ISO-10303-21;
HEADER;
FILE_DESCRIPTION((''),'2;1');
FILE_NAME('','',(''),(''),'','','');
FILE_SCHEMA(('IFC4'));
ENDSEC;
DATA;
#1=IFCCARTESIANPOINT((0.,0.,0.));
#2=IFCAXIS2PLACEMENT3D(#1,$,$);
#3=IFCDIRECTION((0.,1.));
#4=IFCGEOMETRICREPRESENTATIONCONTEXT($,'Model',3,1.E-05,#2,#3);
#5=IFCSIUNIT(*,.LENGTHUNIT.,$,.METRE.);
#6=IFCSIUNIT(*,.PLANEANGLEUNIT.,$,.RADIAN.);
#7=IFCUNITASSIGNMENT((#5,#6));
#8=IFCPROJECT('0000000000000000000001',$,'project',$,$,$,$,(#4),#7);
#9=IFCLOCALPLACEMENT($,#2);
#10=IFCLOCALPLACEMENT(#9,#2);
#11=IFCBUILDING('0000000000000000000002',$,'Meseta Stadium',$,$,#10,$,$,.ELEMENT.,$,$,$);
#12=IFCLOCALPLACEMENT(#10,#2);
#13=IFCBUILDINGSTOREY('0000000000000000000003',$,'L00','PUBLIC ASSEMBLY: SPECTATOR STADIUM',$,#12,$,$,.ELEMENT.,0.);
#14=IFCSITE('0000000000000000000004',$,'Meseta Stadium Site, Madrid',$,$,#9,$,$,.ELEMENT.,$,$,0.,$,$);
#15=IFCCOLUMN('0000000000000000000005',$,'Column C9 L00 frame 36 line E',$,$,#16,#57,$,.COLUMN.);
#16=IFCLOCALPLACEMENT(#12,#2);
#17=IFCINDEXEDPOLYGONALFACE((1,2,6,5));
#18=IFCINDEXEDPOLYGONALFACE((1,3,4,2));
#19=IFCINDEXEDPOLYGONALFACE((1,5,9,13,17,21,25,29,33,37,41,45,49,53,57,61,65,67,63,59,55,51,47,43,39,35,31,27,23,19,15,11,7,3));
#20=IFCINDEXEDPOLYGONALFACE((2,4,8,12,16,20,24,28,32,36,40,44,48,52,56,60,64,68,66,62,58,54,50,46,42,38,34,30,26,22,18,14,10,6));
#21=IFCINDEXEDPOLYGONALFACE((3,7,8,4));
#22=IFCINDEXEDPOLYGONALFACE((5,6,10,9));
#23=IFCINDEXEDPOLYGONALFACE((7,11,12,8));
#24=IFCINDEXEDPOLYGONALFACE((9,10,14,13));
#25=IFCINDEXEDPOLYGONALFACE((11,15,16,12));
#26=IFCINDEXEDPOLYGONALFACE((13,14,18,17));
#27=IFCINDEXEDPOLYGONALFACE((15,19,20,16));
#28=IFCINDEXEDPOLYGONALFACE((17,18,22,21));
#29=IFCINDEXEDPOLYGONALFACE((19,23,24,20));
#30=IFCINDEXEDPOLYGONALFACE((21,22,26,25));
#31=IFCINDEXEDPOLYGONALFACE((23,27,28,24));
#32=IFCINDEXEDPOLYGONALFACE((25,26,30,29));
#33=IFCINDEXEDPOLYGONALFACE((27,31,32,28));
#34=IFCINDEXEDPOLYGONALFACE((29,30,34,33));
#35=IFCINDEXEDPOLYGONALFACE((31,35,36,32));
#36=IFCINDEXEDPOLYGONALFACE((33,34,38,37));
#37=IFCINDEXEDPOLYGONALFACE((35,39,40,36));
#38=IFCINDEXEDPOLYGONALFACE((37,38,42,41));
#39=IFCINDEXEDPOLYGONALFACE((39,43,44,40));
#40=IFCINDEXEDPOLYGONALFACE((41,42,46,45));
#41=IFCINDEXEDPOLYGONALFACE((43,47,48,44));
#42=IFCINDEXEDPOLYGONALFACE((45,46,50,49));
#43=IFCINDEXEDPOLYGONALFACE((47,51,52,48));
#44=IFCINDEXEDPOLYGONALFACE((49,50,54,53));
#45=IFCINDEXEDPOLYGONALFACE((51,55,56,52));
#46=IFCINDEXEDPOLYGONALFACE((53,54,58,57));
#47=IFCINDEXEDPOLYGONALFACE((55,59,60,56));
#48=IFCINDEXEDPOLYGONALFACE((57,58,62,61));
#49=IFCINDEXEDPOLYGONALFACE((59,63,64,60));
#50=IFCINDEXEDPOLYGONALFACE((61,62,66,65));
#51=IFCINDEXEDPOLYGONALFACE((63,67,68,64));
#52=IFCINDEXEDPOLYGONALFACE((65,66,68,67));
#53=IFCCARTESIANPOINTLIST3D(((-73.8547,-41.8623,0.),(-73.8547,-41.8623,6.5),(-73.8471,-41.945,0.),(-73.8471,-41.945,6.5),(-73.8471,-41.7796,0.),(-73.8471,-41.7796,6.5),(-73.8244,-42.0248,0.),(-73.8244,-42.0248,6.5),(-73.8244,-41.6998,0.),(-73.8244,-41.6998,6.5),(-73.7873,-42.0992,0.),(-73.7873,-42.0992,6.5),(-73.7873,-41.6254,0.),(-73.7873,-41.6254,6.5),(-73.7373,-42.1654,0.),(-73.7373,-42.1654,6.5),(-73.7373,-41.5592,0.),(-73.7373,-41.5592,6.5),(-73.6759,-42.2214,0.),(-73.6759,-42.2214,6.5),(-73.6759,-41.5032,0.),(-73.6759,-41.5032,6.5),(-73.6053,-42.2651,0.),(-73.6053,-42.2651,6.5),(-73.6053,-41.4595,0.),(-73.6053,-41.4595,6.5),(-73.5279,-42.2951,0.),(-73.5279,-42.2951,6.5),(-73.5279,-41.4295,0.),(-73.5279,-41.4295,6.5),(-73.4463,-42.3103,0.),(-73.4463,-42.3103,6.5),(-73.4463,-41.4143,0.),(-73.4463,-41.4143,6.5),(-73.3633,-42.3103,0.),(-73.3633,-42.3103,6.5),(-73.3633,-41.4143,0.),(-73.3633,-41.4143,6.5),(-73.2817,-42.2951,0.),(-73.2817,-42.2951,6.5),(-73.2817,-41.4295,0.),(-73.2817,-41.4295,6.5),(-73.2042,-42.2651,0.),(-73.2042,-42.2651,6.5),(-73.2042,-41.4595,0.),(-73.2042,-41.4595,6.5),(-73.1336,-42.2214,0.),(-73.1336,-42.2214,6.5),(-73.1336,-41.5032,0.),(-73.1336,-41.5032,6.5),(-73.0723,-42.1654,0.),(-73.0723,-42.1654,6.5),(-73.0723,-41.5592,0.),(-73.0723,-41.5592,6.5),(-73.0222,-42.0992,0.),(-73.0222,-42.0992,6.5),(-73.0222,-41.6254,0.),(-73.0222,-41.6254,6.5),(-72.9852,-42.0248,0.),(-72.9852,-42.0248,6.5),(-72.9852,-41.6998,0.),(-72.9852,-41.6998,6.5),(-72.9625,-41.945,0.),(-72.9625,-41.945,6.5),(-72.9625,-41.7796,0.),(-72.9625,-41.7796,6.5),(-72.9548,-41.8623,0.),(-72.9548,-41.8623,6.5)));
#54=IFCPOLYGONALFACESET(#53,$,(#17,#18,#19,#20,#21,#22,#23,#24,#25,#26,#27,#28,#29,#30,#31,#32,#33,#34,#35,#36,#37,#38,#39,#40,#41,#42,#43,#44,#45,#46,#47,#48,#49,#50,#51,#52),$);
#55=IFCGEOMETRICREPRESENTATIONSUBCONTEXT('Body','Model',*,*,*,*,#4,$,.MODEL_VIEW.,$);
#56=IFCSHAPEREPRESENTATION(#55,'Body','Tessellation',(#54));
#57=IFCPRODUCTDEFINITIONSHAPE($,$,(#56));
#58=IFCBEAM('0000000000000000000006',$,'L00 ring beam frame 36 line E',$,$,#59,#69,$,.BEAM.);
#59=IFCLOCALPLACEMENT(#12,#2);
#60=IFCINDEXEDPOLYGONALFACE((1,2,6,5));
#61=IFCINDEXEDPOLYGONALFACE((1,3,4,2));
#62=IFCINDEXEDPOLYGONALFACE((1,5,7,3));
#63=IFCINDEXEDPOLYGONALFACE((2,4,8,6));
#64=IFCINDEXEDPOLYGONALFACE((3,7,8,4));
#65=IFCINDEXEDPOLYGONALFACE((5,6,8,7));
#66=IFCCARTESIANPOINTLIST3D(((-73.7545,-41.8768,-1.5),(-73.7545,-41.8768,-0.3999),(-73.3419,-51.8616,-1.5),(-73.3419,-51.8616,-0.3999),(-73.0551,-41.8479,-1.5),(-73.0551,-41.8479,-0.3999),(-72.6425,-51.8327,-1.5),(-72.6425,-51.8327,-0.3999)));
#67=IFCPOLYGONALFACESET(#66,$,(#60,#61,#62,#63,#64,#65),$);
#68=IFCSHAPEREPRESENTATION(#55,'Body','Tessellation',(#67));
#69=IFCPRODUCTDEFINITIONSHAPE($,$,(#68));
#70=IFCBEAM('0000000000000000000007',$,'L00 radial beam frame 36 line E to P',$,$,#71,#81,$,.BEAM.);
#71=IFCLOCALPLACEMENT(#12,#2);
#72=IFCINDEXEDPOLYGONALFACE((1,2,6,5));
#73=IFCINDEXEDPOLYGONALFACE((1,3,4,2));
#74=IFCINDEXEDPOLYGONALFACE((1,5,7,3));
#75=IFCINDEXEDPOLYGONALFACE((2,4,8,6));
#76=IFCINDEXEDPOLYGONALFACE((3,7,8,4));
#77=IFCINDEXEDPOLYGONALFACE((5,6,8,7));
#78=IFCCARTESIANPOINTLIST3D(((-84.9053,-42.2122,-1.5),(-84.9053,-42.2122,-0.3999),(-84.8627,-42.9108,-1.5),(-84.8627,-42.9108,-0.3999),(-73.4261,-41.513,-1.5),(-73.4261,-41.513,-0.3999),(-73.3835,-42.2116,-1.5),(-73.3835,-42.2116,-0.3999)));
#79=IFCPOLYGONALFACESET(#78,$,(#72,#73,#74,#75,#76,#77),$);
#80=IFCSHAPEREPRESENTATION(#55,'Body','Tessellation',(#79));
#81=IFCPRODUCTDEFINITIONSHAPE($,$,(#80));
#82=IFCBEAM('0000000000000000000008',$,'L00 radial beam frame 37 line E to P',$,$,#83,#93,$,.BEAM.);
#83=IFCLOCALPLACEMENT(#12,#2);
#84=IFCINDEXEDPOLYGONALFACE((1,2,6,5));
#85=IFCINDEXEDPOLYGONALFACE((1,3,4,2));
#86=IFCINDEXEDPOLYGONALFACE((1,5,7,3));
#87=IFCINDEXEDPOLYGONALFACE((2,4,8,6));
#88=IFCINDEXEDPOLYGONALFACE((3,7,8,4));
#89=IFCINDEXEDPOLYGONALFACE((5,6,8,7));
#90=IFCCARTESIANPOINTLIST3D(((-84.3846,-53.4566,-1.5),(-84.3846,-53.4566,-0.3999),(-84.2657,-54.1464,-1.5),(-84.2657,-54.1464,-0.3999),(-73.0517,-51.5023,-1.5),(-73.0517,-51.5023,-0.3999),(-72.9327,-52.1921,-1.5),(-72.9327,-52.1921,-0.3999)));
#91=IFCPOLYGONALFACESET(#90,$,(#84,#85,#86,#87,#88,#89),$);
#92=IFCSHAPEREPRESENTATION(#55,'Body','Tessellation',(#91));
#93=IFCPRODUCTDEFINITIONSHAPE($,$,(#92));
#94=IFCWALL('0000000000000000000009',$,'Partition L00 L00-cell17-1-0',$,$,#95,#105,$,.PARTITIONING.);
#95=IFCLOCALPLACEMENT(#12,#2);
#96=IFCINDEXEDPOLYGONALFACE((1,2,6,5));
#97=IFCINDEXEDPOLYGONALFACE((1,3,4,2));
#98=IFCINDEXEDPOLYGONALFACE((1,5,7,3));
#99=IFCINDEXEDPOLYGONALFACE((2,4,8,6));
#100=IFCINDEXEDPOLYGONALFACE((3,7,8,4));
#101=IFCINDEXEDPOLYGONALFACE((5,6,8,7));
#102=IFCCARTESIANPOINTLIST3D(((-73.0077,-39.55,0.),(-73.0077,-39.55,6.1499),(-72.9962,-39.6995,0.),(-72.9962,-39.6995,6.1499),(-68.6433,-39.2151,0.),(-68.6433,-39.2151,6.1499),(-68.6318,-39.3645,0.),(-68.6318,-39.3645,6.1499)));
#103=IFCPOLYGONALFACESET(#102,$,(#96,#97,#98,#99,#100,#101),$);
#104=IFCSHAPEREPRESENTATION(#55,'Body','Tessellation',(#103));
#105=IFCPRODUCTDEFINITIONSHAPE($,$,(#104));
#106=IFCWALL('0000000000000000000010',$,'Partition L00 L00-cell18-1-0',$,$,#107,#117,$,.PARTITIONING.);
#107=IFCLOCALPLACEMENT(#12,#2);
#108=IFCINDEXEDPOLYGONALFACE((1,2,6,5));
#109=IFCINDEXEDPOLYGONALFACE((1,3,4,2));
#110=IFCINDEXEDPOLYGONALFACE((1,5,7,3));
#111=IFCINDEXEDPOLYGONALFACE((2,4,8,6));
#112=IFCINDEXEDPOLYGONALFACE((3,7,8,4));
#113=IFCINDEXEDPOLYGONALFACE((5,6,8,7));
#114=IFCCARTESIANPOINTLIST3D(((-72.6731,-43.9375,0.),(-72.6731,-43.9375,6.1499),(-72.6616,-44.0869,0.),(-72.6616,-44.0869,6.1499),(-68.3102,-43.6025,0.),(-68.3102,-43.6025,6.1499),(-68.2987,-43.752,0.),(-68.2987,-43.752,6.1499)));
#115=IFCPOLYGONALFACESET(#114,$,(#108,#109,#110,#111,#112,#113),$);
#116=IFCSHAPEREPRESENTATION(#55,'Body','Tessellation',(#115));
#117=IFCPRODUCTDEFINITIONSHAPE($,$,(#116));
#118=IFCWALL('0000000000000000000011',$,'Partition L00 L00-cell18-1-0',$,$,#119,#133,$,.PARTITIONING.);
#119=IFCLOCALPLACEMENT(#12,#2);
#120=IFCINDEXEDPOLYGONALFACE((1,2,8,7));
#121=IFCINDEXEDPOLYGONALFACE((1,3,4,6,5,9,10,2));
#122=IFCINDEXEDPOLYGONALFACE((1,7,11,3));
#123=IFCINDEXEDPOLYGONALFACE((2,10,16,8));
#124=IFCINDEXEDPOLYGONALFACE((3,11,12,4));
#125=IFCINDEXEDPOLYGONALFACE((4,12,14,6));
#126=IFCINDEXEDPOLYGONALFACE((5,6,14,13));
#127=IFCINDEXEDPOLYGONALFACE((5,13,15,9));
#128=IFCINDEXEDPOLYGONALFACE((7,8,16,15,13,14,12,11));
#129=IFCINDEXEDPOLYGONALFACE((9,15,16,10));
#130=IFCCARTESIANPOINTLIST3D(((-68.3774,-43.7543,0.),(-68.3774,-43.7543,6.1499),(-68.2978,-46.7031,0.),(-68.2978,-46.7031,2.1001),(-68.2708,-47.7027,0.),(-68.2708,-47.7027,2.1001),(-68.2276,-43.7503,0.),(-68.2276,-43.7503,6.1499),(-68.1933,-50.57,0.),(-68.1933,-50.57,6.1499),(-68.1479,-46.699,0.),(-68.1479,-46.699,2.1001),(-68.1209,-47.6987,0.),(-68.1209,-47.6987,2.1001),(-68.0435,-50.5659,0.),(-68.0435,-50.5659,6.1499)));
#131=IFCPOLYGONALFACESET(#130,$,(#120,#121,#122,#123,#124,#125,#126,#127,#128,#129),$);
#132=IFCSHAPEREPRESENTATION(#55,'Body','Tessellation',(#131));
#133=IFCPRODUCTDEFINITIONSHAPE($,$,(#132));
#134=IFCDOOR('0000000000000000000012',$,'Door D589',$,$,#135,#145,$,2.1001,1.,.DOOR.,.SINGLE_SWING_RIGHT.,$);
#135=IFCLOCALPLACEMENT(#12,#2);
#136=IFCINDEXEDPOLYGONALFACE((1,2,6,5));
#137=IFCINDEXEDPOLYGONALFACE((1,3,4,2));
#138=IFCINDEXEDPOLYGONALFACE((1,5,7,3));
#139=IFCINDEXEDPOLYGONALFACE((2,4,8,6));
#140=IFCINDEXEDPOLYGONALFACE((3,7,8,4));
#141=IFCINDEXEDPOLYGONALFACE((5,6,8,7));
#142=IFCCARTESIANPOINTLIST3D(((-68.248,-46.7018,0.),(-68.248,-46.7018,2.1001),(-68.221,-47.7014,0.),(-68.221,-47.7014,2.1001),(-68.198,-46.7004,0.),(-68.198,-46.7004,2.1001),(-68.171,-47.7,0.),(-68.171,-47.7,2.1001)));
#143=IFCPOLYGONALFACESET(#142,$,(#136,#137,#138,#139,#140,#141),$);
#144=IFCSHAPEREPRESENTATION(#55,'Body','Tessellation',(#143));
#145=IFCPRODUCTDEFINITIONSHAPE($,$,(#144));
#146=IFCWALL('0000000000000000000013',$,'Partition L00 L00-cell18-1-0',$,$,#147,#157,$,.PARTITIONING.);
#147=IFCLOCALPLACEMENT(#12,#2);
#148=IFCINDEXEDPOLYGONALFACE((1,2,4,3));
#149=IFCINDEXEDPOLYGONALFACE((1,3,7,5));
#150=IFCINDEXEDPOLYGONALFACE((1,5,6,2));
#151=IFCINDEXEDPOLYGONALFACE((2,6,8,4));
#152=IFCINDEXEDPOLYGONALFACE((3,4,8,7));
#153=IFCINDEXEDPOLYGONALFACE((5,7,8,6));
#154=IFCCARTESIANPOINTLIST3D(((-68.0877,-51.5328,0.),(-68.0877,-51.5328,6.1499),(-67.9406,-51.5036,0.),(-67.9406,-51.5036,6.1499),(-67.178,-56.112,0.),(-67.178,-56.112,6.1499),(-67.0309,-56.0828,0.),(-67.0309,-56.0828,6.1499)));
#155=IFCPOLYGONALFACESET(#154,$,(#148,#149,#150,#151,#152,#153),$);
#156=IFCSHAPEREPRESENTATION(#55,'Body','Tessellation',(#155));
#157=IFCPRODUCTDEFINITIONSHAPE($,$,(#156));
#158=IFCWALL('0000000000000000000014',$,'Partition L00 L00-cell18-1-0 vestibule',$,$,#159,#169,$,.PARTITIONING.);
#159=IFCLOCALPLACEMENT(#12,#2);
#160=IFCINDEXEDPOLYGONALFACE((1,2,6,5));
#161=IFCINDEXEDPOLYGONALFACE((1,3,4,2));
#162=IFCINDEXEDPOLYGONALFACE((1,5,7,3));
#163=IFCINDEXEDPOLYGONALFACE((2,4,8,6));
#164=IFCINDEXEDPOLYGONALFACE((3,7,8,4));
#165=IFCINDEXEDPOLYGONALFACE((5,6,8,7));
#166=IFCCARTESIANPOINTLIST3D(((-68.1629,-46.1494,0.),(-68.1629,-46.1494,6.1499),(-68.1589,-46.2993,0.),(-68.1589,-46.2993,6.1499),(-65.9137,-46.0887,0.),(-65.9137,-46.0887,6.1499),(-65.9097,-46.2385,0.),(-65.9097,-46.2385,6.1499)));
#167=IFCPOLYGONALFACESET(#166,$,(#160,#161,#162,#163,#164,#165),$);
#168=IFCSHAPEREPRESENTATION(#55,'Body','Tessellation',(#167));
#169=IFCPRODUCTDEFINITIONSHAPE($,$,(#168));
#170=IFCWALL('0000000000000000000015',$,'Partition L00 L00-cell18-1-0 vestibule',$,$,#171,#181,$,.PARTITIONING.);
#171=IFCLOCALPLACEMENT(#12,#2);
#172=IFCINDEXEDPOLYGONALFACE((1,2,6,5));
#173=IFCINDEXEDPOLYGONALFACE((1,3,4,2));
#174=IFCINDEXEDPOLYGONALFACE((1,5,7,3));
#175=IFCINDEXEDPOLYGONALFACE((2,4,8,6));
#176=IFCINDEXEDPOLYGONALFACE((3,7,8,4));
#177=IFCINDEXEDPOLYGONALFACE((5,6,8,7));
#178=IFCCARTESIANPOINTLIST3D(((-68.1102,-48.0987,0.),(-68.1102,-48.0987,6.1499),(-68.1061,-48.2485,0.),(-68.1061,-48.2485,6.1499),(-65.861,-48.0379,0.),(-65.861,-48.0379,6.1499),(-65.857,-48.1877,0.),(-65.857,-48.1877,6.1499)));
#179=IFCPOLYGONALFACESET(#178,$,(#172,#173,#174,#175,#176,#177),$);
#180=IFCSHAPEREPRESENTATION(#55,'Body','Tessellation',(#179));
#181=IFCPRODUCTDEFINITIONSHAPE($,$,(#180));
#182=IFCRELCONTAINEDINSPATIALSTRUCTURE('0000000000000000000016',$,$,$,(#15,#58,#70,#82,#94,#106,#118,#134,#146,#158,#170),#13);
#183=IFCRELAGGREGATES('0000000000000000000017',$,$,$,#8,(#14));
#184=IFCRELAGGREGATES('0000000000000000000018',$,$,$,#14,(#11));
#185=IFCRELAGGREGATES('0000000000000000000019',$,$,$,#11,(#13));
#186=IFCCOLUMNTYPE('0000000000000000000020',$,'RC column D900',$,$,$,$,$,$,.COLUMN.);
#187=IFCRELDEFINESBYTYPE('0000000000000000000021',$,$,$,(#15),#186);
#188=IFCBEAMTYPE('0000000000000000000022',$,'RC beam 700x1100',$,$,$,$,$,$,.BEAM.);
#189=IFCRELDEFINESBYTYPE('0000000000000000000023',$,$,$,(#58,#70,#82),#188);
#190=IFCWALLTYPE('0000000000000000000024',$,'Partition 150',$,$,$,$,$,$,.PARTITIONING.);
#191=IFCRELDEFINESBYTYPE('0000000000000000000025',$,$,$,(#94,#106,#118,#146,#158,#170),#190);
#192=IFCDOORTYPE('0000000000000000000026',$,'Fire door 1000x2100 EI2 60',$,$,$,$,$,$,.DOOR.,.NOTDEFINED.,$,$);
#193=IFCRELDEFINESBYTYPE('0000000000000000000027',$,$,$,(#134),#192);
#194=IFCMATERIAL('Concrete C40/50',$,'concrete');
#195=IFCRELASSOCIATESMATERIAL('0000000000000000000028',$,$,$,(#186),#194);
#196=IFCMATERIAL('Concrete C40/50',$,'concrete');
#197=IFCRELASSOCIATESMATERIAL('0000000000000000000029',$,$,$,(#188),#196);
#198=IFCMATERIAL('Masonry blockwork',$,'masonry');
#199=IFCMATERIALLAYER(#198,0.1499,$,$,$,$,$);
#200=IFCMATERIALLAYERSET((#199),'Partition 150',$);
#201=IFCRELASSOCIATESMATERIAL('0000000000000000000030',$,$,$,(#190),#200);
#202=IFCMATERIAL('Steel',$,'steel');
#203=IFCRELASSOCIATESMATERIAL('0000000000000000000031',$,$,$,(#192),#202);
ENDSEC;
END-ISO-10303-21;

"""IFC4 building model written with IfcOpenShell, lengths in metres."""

from ifc_helpers import new_model, si_unit, direction, frame, frame_2d, origin, origin_2d, place, context, subcontext, project, spatial, rectangle, circle, extrude, material, layer, layer_set, material_profile, profile_set, type_object, element, fill, save


model = new_model("IFC4")

# Units and contexts
model_context = context("Model", 3, precision=1e-05, world=origin(), true_north=direction((0.0, 1.0)))
body_context = subcontext(model_context, "Body", "Model", "MODEL_VIEW")
ifc_project = project(units=[si_unit("LENGTHUNIT", "METRE"), si_unit("PLANEANGLEUNIT", "RADIAN")], contexts=[model_context])

# Site, building, storey
site_placement = place(None, origin())
site = spatial("IfcSite", under=ifc_project, at=site_placement, Name="Meseta Stadium Site, Madrid", CompositionType="ELEMENT", RefElevation=0.0)
building_placement = place(site_placement, origin())
building = spatial("IfcBuilding", under=site, at=building_placement, Name="Meseta Stadium", CompositionType="ELEMENT")
storey_placement = place(building_placement, origin())
storey = spatial("IfcBuildingStorey", under=building, at=storey_placement, Name="L00", Description="PUBLIC ASSEMBLY: SPECTATOR STADIUM", CompositionType="ELEMENT", Elevation=0.0)

# Column
ifc_material_1 = material(Name="Concrete C40/50", Category="concrete")
ifc_material_profile_1 = material_profile(ifc_material_1, circle(Radius=0.45, at=origin_2d()), Name="RC D900")
ifc_profile_set_1 = profile_set([ifc_material_profile_1], Name="Concrete C40/50")
column_type = type_object("IfcColumnType", Name="RC column D900", PredefinedType="COLUMN", material=ifc_profile_set_1)
column_placement = place(storey_placement, frame((-73.4048, -41.8623, 0.0), z_axis=(0.0, 0.0, 1.0), x_axis=(1.0, 0.0, 0.0)))
element("IfcColumn", 1, at=column_placement, inside=storey, type_object=column_type, Name="Column C9 L00 frame 36 line E", PredefinedType="COLUMN", context=body_context, shape_type="SweptSolid", body=[
    extrude(circle(Radius=0.45, at=origin_2d()), origin(), (0.0, 0.0, 1.0), 6.5),
])

# Beams
ifc_material_2 = material(Name="Concrete C40/50", Category="concrete")
ifc_material_profile_2 = material_profile(ifc_material_2, rectangle(XDim=0.7, YDim=1.1001, at=origin_2d()), Name="RC 700x1100")
ifc_profile_set_2 = profile_set([ifc_material_profile_2], Name="Concrete C40/50")
beam_type = type_object("IfcBeamType", Name="RC beam 700x1100", PredefinedType="BEAM", material=ifc_profile_set_2)
beam_1_placement = place(storey_placement, frame((-73.4048, -41.8623, -0.95), z_axis=(0.041287, -0.999147, 0.0), x_axis=(0.999147, 0.041287, 0.0)))
element("IfcBeam", 2, at=beam_1_placement, inside=storey, type_object=beam_type, Name="L00 ring beam frame 36 line E", PredefinedType="BEAM", context=body_context, shape_type="SweptSolid", body=[
    extrude(rectangle(XDim=0.7, YDim=1.1001, at=origin_2d()), origin(), (0.0, 0.0, 1.0), 9.9934),
])
beam_2_placement = place(storey_placement, frame((-73.4048, -41.8623, -0.95), z_axis=(-0.99815, -0.060799, 0.0), x_axis=(0.060799, -0.99815, 0.0)))
element("IfcBeam", 3, at=beam_2_placement, inside=storey, type_object=beam_type, Name="L00 radial beam frame 36 line E to P", PredefinedType="BEAM", context=body_context, shape_type="SweptSolid", body=[
    extrude(rectangle(XDim=0.7, YDim=1.1001, at=origin_2d()), origin(), (0.0, 0.0, 1.0), 11.5005),
])
beam_3_placement = place(storey_placement, frame((-72.9922, -51.8472, -0.95), z_axis=(-0.985455, -0.169939, 0.0), x_axis=(0.169939, -0.985455, 0.0)))
element("IfcBeam", 4, at=beam_3_placement, inside=storey, type_object=beam_type, Name="L00 radial beam frame 37 line E to P", PredefinedType="BEAM", context=body_context, shape_type="SweptSolid", body=[
    extrude(rectangle(XDim=0.7, YDim=1.1001, at=origin_2d()), origin(), (0.0, 0.0, 1.0), 11.5002),
])

# Walls
ifc_material_3 = material(Name="Masonry blockwork", Category="masonry")
ifc_layer = layer(ifc_material_3, 0.1499)
ifc_layer_set = layer_set([ifc_layer], Name="Partition 150")
wall_type = type_object("IfcWallType", Name="Partition 150", PredefinedType="PARTITIONING", material=ifc_layer_set)
wall_1_placement = place(storey_placement, frame((-68.6377, -39.2898, 0.0), z_axis=(0.0, 0.0, 1.0), x_axis=(-0.997068, -0.076526, 0.0)))
element("IfcWall", 5, at=wall_1_placement, inside=storey, type_object=wall_type, Name="Partition L00 L00-cell17-1-0", PredefinedType="PARTITIONING", context=body_context, shape_type="SweptSolid", body=[
    extrude(rectangle(XDim=4.3772, YDim=0.1499, at=frame_2d((2.1885, 0.0))), origin(), (0.0, 0.0, 1.0), 6.1499),
])
wall_2_placement = place(storey_placement, frame((-72.6675, -44.0122, 0.0), z_axis=(0.0, 0.0, 1.0), x_axis=(0.997066, 0.076551, 0.0)))
element("IfcWall", 6, at=wall_2_placement, inside=storey, type_object=wall_type, Name="Partition L00 L00-cell18-1-0", PredefinedType="PARTITIONING", context=body_context, shape_type="SweptSolid", body=[
    extrude(rectangle(XDim=4.3757, YDim=0.1499, at=frame_2d((2.188, 0.0))), origin(), (0.0, 0.0, 1.0), 6.1499),
])

# Wall, opening, door
wall_3_placement = place(storey_placement, frame((-68.3025, -43.7522, 0.0), z_axis=(0.0, 0.0, 1.0), x_axis=(0.026999, -0.999635, 0.0)))
wall_3 = element("IfcWall", 7, at=wall_3_placement, inside=storey, type_object=wall_type, Name="Partition L00 L00-cell18-1-0", PredefinedType="PARTITIONING", context=body_context, shape_type="SweptSolid", body=[
    extrude(rectangle(XDim=6.8181, YDim=0.1499, at=frame_2d((3.4092, 0.0))), origin(), (0.0, 0.0, 1.0), 6.1499),
])
opening_1_placement = place(wall_3_placement, frame((2.95, 0.0, 0.0)))
opening_1 = element("IfcOpeningElement", 8, at=opening_1_placement, cuts=wall_3, PredefinedType="OPENING", context=body_context, shape_type="SweptSolid", body=[
    extrude(rectangle(XDim=1.0, YDim=2.1001, at=frame_2d((0.5, 1.05))), frame((0.0, 0.085, 0.0), z_axis=(0.0, -1.0, 0.0), x_axis=(1.0, 0.0, 0.0)), (0.0, 0.0, 1.0), 0.1699),
])
ifc_material_4 = material(Name="Steel", Category="steel")
door_type_1 = type_object("IfcDoorType", Name="Fire door 1000x2100 EI2 60", OperationType="NOTDEFINED", PredefinedType="DOOR", material=ifc_material_4)
door_1_placement = place(opening_1_placement, origin())
door_1 = element("IfcDoor", 9, at=door_1_placement, inside=storey, type_object=door_type_1, Name="Door D589", OperationType="SINGLE_SWING_RIGHT", OverallHeight=2.1001, OverallWidth=1.0, PredefinedType="DOOR", context=body_context, shape_type="SweptSolid", body=[
    extrude(rectangle(XDim=1.0, YDim=2.1001, at=frame_2d((0.5, 1.05))), frame((0.0, 0.0249, 0.0), z_axis=(0.0, -1.0, 0.0), x_axis=(1.0, 0.0, 0.0)), (0.0, 0.0, 1.0), 0.05),
])
fill(opening_1, door_1)

# Walls
wall_4_placement = place(storey_placement, frame((-68.0142, -51.5181, 0.0), z_axis=(0.0, 0.0, 1.0), x_axis=(0.194849, -0.980833, 0.0)))
element("IfcWall", 10, at=wall_4_placement, inside=storey, type_object=wall_type, Name="Partition L00 L00-cell18-1-0", PredefinedType="PARTITIONING", context=body_context, shape_type="SweptSolid", body=[
    extrude(rectangle(XDim=4.6687, YDim=0.1499, at=frame_2d((2.3345, 0.0))), origin(), (0.0, 0.0, 1.0), 6.1499),
])
for number, where, z_axis, x_axis, name in (
    (11, (-68.1609, -46.2244, 0.0), (0.0, 0.0, 1.0), (0.999635, 0.027017, 0.0), "Partition L00 L00-cell18-1-0 vestibule"),
    (12, (-68.1082, -48.1736, 0.0), (0.0, 0.0, 1.0), (0.999635, 0.027017, 0.0), "Partition L00 L00-cell18-1-0 vestibule"),
):
    element("IfcWall", number, at=place(storey_placement, frame(where, z_axis=z_axis, x_axis=x_axis)), inside=storey, type_object=wall_type, Name=name, PredefinedType="PARTITIONING", context=body_context, shape_type="SweptSolid", body=[
        extrude(rectangle(XDim=2.25, YDim=0.1499, at=frame_2d((1.125, 0.0))), origin(), (0.0, 0.0, 1.0), 6.1499),
    ])

save(model, "model.ifc")
